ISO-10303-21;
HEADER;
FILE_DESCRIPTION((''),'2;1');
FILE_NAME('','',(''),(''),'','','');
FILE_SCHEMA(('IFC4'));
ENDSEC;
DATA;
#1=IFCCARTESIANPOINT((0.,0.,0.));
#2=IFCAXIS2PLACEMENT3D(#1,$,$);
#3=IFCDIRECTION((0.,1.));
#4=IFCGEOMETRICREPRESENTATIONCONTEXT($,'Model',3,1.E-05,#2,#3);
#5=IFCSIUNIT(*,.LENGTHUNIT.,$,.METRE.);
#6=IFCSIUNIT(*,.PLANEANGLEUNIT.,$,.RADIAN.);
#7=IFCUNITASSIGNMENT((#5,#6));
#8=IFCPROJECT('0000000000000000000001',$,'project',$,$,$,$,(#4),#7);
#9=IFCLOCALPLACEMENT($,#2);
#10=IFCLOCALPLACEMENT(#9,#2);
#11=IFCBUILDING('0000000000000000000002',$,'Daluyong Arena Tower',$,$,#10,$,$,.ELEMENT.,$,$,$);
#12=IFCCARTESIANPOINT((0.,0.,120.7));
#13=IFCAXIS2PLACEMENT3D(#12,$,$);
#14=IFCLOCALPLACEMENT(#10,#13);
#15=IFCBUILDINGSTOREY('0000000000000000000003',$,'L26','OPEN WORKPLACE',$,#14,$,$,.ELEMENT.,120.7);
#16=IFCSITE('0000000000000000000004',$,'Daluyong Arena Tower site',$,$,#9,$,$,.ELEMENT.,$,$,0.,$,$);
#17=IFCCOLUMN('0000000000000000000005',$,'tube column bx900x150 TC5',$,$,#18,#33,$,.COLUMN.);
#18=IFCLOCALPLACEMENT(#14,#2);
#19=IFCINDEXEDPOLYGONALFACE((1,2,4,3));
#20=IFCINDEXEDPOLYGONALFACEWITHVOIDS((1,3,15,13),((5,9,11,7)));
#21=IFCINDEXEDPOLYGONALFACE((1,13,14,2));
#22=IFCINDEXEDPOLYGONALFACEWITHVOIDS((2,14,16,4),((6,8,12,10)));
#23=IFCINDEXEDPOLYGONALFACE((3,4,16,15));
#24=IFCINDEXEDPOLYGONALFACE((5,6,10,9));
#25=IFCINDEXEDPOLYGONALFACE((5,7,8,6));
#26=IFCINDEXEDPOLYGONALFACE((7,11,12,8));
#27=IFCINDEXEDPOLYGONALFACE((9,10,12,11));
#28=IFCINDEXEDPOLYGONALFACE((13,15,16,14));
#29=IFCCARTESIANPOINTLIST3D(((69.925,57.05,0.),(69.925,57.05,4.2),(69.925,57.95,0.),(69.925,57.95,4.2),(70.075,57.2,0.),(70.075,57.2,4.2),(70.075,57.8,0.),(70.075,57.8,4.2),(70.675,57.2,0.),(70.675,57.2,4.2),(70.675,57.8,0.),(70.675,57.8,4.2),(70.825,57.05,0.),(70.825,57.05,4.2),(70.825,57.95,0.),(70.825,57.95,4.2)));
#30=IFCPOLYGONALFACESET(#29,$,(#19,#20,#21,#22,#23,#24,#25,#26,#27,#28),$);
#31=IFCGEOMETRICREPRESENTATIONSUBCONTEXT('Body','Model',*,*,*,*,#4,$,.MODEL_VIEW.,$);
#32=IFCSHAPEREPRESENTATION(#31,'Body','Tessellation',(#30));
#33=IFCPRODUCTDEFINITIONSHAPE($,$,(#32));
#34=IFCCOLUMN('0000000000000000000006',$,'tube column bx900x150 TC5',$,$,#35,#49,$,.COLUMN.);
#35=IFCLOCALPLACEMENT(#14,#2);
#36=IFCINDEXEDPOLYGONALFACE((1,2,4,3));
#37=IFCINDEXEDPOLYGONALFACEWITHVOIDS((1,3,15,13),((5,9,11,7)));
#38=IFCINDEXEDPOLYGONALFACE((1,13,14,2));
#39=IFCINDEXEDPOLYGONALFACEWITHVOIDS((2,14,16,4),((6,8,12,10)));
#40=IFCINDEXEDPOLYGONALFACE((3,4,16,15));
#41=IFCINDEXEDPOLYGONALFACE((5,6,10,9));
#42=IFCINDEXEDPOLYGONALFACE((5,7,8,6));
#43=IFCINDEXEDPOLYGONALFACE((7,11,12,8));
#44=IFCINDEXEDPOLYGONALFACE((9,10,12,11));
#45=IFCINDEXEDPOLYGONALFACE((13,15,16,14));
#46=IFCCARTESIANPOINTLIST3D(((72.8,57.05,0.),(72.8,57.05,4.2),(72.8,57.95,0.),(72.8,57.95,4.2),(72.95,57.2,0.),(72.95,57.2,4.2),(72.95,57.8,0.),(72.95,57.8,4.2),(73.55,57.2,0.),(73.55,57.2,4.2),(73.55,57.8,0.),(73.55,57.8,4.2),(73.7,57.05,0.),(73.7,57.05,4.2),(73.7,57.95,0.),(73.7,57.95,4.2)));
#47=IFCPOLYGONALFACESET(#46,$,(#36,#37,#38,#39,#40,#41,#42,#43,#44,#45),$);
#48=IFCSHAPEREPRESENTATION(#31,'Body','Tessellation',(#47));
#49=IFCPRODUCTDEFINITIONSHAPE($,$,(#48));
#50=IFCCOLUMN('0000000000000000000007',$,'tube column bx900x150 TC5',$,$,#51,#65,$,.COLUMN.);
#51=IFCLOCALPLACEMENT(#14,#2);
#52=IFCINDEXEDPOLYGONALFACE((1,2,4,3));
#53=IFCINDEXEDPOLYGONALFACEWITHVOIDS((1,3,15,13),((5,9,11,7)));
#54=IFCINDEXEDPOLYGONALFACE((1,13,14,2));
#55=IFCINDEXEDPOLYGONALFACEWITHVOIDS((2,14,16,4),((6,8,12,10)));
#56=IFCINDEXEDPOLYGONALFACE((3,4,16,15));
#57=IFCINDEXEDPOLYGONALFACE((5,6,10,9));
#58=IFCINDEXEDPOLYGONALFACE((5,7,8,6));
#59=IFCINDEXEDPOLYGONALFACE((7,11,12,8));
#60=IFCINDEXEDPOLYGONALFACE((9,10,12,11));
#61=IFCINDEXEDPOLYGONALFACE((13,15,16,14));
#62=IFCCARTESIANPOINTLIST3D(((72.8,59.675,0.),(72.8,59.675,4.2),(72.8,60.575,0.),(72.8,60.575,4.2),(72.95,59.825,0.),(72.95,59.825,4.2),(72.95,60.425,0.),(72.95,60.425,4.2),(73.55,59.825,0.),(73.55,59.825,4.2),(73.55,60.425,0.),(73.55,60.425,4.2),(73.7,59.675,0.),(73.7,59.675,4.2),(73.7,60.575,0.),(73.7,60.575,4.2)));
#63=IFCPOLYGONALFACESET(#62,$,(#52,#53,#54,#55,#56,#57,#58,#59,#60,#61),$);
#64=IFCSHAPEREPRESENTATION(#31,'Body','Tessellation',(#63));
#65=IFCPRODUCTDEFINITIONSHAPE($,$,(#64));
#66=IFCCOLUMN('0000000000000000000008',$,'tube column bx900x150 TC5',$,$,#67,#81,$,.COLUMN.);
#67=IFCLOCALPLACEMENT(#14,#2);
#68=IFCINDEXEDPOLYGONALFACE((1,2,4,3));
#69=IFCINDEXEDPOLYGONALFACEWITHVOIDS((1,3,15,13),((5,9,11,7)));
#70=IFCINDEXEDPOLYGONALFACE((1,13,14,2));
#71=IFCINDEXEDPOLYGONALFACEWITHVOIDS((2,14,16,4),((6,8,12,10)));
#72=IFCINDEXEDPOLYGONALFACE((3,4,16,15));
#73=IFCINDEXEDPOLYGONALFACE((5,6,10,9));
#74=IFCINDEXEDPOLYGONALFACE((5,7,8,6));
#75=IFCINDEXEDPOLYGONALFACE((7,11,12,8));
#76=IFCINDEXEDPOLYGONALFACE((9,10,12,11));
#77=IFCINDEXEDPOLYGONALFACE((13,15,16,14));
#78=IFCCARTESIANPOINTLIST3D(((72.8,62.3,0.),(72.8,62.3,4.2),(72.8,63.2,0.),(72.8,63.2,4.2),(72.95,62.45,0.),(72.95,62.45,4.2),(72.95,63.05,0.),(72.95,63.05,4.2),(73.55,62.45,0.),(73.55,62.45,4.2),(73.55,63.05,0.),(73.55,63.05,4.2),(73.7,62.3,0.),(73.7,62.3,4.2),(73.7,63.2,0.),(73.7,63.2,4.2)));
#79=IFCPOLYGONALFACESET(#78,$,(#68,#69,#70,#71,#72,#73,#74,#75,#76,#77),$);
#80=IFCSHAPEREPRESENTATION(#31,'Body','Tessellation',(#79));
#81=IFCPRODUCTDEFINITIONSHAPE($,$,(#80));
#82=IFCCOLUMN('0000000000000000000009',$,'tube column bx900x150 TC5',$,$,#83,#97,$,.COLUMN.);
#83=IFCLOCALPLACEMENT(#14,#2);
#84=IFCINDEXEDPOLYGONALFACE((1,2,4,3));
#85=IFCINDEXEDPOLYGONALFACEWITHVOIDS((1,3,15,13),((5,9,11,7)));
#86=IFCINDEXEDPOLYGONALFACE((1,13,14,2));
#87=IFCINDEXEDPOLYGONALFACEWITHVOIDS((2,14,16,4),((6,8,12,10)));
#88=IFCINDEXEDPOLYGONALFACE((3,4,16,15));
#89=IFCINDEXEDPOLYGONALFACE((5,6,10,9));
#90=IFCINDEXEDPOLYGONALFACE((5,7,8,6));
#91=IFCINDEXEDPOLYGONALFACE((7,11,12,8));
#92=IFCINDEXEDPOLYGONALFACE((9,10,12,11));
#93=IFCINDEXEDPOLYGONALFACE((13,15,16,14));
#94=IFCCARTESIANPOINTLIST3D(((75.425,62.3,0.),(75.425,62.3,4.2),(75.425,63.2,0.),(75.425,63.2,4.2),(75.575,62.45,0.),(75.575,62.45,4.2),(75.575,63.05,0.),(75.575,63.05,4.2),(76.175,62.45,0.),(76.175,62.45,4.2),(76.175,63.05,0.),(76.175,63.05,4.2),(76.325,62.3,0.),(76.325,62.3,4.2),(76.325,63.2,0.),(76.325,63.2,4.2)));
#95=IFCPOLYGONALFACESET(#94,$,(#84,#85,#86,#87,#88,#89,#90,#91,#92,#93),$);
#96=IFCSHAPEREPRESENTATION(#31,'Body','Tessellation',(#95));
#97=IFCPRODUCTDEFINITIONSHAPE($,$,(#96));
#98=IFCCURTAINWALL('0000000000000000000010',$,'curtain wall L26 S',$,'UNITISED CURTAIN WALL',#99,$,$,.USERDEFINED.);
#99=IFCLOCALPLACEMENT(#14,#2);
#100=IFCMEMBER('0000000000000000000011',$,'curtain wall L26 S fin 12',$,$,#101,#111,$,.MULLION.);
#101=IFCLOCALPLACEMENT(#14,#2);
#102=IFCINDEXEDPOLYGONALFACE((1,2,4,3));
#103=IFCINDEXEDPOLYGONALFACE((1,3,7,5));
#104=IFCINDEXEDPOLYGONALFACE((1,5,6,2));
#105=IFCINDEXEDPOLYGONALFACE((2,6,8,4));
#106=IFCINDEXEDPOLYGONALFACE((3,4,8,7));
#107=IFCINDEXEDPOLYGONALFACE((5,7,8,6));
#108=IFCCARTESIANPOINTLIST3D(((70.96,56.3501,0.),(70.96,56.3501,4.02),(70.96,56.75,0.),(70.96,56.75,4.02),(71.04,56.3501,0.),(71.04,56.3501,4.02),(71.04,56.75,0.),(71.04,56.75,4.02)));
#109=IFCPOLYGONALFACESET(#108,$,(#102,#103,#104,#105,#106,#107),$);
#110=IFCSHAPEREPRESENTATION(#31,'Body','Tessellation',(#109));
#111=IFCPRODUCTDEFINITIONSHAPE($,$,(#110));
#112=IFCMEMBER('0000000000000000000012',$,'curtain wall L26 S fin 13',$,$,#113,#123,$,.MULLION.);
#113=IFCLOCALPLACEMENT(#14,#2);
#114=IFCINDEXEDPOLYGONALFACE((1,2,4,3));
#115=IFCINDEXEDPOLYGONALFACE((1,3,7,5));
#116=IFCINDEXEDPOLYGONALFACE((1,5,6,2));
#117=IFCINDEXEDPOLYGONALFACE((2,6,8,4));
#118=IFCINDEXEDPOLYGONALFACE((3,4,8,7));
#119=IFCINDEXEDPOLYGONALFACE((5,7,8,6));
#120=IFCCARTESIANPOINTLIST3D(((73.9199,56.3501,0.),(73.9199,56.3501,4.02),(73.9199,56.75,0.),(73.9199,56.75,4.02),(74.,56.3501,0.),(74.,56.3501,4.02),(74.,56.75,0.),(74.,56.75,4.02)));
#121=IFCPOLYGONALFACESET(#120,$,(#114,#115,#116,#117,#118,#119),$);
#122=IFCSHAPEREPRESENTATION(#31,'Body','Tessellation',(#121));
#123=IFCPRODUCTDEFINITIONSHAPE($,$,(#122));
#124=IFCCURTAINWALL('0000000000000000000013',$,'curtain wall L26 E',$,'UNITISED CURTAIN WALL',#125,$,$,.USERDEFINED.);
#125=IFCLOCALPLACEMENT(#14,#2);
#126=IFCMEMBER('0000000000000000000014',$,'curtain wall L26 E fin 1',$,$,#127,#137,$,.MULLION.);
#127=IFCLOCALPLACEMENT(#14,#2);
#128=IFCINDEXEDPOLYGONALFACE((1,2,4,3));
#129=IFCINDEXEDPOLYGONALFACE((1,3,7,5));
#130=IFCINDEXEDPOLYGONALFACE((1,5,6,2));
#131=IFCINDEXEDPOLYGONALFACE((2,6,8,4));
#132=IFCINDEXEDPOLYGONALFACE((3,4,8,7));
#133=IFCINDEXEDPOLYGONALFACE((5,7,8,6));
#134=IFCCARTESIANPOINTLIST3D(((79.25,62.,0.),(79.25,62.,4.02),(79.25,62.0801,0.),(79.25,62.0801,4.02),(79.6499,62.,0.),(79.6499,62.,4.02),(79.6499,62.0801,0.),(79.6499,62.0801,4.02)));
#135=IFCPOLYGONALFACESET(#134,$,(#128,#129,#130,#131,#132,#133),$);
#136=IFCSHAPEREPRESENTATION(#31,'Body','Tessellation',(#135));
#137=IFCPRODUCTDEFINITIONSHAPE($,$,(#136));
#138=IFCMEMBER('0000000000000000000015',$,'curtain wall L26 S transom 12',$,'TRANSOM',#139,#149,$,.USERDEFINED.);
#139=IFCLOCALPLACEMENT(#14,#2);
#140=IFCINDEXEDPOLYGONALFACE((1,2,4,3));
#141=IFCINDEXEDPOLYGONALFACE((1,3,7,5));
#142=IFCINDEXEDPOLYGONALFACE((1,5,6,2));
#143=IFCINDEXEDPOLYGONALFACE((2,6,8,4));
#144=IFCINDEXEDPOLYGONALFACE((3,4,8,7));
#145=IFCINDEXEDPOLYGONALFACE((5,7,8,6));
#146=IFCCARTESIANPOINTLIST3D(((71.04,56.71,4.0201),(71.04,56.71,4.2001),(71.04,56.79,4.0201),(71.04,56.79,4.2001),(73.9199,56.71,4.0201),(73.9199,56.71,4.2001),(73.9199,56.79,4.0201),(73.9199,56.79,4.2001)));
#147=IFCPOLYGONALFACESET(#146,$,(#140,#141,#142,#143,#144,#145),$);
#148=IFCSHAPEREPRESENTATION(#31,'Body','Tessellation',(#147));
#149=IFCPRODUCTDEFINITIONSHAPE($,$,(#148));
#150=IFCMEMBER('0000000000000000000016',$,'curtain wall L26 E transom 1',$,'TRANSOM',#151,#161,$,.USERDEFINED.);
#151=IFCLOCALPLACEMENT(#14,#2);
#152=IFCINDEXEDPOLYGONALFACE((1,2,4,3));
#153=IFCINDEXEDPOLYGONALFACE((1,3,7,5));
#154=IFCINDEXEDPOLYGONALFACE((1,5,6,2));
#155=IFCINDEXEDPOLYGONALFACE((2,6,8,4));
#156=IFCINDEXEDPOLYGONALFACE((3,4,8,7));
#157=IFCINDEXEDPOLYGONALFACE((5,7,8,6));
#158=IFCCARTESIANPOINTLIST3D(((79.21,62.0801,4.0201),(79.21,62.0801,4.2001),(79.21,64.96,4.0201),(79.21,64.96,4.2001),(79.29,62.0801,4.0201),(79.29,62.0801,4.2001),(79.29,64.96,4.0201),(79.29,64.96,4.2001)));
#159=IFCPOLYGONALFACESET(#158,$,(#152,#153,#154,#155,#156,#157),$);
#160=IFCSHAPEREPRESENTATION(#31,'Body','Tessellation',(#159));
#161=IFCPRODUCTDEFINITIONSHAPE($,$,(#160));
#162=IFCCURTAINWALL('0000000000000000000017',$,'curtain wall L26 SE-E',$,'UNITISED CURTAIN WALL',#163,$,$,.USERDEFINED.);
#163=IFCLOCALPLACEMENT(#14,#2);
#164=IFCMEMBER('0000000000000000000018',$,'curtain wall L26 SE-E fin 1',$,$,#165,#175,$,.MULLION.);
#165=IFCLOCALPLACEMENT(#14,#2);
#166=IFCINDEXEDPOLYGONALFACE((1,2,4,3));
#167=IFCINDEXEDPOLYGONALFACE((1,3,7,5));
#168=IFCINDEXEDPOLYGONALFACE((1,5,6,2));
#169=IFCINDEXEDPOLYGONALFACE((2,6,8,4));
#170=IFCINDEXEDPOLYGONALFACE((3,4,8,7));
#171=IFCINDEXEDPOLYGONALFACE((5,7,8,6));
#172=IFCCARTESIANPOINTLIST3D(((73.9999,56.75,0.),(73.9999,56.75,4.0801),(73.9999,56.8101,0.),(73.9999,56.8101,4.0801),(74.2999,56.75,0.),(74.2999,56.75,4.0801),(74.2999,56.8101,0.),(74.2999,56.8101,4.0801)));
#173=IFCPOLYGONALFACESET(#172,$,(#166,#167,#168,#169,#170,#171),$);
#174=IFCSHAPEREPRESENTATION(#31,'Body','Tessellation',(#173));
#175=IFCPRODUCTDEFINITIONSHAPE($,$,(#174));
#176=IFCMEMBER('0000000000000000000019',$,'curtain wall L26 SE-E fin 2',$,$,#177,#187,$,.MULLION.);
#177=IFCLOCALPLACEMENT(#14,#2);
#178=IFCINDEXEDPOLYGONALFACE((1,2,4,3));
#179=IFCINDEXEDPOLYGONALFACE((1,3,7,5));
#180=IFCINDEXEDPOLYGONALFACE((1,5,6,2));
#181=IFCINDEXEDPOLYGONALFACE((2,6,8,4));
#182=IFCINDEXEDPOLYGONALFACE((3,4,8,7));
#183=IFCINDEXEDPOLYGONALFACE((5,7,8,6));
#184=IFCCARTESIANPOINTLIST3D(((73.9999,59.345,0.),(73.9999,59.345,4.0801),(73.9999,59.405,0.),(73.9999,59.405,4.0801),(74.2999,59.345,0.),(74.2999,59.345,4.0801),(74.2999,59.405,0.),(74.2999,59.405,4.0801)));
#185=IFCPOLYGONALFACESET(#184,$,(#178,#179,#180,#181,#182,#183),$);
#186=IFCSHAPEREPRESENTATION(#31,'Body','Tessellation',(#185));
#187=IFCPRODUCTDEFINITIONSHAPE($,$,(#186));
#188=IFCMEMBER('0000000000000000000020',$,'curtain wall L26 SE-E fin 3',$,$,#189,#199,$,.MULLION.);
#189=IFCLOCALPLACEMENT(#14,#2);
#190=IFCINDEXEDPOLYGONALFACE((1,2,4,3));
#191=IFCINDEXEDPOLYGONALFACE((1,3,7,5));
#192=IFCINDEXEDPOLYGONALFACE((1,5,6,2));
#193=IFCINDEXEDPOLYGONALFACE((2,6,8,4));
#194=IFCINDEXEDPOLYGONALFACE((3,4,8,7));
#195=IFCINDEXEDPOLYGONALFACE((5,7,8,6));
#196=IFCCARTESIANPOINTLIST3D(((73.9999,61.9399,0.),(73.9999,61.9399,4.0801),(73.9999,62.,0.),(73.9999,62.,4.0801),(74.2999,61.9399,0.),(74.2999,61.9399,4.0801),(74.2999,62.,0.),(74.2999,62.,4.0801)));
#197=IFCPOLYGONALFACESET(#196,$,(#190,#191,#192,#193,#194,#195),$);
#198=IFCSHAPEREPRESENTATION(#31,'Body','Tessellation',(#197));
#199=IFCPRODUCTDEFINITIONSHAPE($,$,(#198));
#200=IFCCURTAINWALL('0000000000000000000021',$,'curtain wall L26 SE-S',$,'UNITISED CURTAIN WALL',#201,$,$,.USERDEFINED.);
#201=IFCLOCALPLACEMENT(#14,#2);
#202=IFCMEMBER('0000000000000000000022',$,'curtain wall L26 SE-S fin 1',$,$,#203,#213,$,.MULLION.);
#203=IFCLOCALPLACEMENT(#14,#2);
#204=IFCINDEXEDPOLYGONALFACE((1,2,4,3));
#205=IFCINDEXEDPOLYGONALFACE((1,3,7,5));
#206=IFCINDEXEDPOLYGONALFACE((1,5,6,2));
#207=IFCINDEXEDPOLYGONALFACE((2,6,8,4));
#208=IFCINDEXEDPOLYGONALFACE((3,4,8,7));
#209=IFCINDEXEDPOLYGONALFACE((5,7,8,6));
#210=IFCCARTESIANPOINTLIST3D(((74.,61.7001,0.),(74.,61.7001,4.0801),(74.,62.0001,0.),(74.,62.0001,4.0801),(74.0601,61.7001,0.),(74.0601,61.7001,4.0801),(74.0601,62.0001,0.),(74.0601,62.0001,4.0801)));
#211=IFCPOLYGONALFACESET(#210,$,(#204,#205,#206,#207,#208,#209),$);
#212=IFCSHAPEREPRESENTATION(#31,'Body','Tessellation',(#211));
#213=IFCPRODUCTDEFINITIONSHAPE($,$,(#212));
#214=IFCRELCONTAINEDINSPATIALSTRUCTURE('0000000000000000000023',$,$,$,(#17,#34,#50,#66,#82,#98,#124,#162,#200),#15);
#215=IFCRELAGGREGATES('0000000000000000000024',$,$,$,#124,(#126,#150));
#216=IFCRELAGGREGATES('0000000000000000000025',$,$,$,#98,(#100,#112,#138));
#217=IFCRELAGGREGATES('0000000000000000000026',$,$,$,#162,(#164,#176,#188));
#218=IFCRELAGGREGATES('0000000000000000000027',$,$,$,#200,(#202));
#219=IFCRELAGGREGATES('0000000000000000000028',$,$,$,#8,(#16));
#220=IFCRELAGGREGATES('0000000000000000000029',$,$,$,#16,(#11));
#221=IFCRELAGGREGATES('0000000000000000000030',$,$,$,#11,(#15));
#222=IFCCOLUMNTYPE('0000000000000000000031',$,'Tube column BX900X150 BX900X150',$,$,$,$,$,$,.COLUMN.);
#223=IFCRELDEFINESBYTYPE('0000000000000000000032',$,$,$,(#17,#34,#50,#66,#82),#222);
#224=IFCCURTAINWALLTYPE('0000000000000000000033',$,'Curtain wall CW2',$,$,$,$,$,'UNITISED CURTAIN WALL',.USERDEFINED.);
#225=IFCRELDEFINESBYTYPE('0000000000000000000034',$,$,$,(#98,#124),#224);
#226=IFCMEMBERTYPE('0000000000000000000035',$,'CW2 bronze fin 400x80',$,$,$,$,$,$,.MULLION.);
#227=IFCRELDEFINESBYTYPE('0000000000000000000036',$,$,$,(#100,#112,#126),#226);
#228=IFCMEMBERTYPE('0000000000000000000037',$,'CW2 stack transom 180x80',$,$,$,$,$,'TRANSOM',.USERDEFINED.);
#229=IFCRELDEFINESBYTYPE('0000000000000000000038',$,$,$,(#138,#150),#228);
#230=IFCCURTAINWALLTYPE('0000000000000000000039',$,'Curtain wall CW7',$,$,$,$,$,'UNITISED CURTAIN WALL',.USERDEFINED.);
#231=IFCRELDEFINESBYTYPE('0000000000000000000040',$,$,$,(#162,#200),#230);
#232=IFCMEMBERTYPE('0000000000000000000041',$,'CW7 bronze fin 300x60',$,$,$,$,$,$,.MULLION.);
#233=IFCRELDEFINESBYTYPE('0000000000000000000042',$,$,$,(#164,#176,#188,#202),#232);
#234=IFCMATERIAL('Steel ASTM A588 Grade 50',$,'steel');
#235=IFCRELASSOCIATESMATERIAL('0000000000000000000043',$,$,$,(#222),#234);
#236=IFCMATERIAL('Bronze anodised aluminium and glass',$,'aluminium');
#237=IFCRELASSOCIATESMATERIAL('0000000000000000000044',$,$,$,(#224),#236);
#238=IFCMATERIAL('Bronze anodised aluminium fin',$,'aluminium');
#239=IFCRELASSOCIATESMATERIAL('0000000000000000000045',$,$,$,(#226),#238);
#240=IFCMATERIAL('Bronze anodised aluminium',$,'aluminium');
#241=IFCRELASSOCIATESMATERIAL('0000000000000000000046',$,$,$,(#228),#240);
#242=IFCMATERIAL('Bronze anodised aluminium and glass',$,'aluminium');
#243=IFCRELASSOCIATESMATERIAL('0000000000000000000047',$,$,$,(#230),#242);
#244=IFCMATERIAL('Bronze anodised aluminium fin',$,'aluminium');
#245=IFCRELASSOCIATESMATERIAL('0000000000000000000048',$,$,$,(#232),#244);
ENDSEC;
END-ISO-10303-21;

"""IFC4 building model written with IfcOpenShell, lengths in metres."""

from ifc_helpers import new_model, si_unit, direction, frame, origin, origin_2d, place, context, subcontext, project, spatial, rectangle, hollow_rectangle, extrude, material, material_profile, profile_set, type_object, element, aggregate, save


model = new_model("IFC4")

# Units and contexts
model_context = context("Model", 3, precision=1e-05, world=origin(), true_north=direction((0.0, 1.0)))
body_context = subcontext(model_context, "Body", "Model", "MODEL_VIEW")
ifc_project = project(units=[si_unit("LENGTHUNIT", "METRE"), si_unit("PLANEANGLEUNIT", "RADIAN")], contexts=[model_context])

# Site, building, storey
site_placement = place(None, origin())
site = spatial("IfcSite", under=ifc_project, at=site_placement, Name="Daluyong Arena Tower site", CompositionType="ELEMENT", RefElevation=0.0)
building_placement = place(site_placement, origin())
building = spatial("IfcBuilding", under=site, at=building_placement, Name="Daluyong Arena Tower", CompositionType="ELEMENT")
storey_placement = place(building_placement, frame((0.0, 0.0, 120.7)))
storey = spatial("IfcBuildingStorey", under=building, at=storey_placement, Name="L26", Description="OPEN WORKPLACE", CompositionType="ELEMENT", Elevation=120.7)

# Columns
ifc_material_1 = material(Name="Steel ASTM A588 Grade 50", Category="steel")
ifc_material_profile_1 = material_profile(ifc_material_1, hollow_rectangle(XDim=0.8999, YDim=0.8999, WallThickness=0.15, at=origin_2d()))
ifc_profile_set_1 = profile_set([ifc_material_profile_1], Name="Steel ASTM A588 Grade 50")
column_type = type_object("IfcColumnType", Name="Tube column BX900X150 BX900X150", PredefinedType="COLUMN", material=ifc_profile_set_1)
for number, where, z_axis, x_axis, name in (
    (1, (70.375, 57.5, 0.0), (0.0, 0.0, 1.0), (1.0, 0.0, 0.0), "tube column bx900x150 TC5"),
    (2, (73.25, 57.5, 0.0), (0.0, 0.0, 1.0), (0.0, 1.0, 0.0), "tube column bx900x150 TC5"),
    (3, (73.25, 60.125, 0.0), (0.0, 0.0, 1.0), (0.0, 1.0, 0.0), "tube column bx900x150 TC5"),
    (4, (73.25, 62.75, 0.0), (0.0, 0.0, 1.0), (1.0, 0.0, 0.0), "tube column bx900x150 TC5"),
    (5, (75.875, 62.75, 0.0), (0.0, 0.0, 1.0), (1.0, 0.0, 0.0), "tube column bx900x150 TC5"),
):
    element("IfcColumn", number, at=place(storey_placement, frame(where, z_axis=z_axis, x_axis=x_axis)), inside=storey, type_object=column_type, Name=name, PredefinedType="COLUMN", context=body_context, shape_type="SweptSolid", body=[
        extrude(hollow_rectangle(XDim=0.8999, YDim=0.8999, WallThickness=0.15, at=origin_2d()), origin(), (0.0, 0.0, 1.0), 4.2),
    ])

# Curtain wall, members
ifc_material_2 = material(Name="Bronze anodised aluminium and glass", Category="aluminium")
curtain_wall_type_1 = type_object("IfcCurtainWallType", Name="Curtain wall CW2", ElementType="UNITISED CURTAIN WALL", PredefinedType="USERDEFINED", material=ifc_material_2)
curtain_wall_1_placement = place(storey_placement, origin())
curtain_wall_1 = element("IfcCurtainWall", 6, at=curtain_wall_1_placement, inside=storey, type_object=curtain_wall_type_1, Name="curtain wall L26 S", ObjectType="UNITISED CURTAIN WALL", PredefinedType="USERDEFINED")
ifc_material_3 = material(Name="Bronze anodised aluminium fin", Category="aluminium")
ifc_material_profile_2 = material_profile(ifc_material_3, rectangle(XDim=0.3999, YDim=0.0801, at=origin_2d()))
ifc_profile_set_2 = profile_set([ifc_material_profile_2], Name="Bronze anodised aluminium fin")
member_type_1 = type_object("IfcMemberType", Name="CW2 bronze fin 400x80", PredefinedType="MULLION", material=ifc_profile_set_2)
member_1_placement = place(storey_placement, frame((71.0, 56.55, 0.0), z_axis=(0.0, 0.0, 1.0), x_axis=(0.0, 1.0, 0.0)))
member_1 = element("IfcMember", 7, at=member_1_placement, type_object=member_type_1, Name="curtain wall L26 S fin 12", PredefinedType="MULLION", context=body_context, shape_type="SweptSolid", body=[
    extrude(rectangle(XDim=0.3999, YDim=0.0801, at=origin_2d()), origin(), (0.0, 0.0, 1.0), 4.02),
])
member_2_placement = place(storey_placement, frame((73.96, 56.55, 0.0), z_axis=(0.0, 0.0, 1.0), x_axis=(0.0, 1.0, 0.0)))
member_2 = element("IfcMember", 8, at=member_2_placement, type_object=member_type_1, Name="curtain wall L26 S fin 13", PredefinedType="MULLION", context=body_context, shape_type="SweptSolid", body=[
    extrude(rectangle(XDim=0.3999, YDim=0.0801, at=origin_2d()), origin(), (0.0, 0.0, 1.0), 4.02),
])

# Curtain wall, member
curtain_wall_2_placement = place(storey_placement, origin())
curtain_wall_2 = element("IfcCurtainWall", 9, at=curtain_wall_2_placement, inside=storey, type_object=curtain_wall_type_1, Name="curtain wall L26 E", ObjectType="UNITISED CURTAIN WALL", PredefinedType="USERDEFINED")
member_3_placement = place(storey_placement, frame((79.45, 62.04, 0.0), z_axis=(0.0, 0.0, 1.0), x_axis=(-1.0, 0.0, 0.0)))
member_3 = element("IfcMember", 10, at=member_3_placement, type_object=member_type_1, Name="curtain wall L26 E fin 1", PredefinedType="MULLION", context=body_context, shape_type="SweptSolid", body=[
    extrude(rectangle(XDim=0.3999, YDim=0.0801, at=origin_2d()), origin(), (0.0, 0.0, 1.0), 4.02),
])

# Members
ifc_material_4 = material(Name="Bronze anodised aluminium", Category="aluminium")
ifc_material_profile_3 = material_profile(ifc_material_4, rectangle(XDim=0.0801, YDim=0.1799, at=origin_2d()))
ifc_profile_set_3 = profile_set([ifc_material_profile_3], Name="Bronze anodised aluminium")
member_type_2 = type_object("IfcMemberType", Name="CW2 stack transom 180x80", ElementType="TRANSOM", PredefinedType="USERDEFINED", material=ifc_profile_set_3)
member_4_placement = place(storey_placement, frame((71.04, 56.75, 4.1101), z_axis=(1.0, 0.0, 0.0), x_axis=(0.0, 1.0, 0.0)))
member_4 = element("IfcMember", 11, at=member_4_placement, type_object=member_type_2, Name="curtain wall L26 S transom 12", ObjectType="TRANSOM", PredefinedType="USERDEFINED", context=body_context, shape_type="SweptSolid", body=[
    extrude(rectangle(XDim=0.0801, YDim=0.1799, at=origin_2d()), origin(), (0.0, 0.0, 1.0), 2.8799),
])
member_5_placement = place(storey_placement, frame((79.25, 62.0801, 4.1101), z_axis=(0.0, 1.0, 0.0), x_axis=(-1.0, 0.0, 0.0)))
member_5 = element("IfcMember", 12, at=member_5_placement, type_object=member_type_2, Name="curtain wall L26 E transom 1", ObjectType="TRANSOM", PredefinedType="USERDEFINED", context=body_context, shape_type="SweptSolid", body=[
    extrude(rectangle(XDim=0.0801, YDim=0.1799, at=origin_2d()), origin(), (0.0, 0.0, 1.0), 2.8799),
])
aggregate(curtain_wall_2, [member_3, member_5])

# Curtain walls, members
ifc_material_5 = material(Name="Bronze anodised aluminium and glass", Category="aluminium")
curtain_wall_type_2 = type_object("IfcCurtainWallType", Name="Curtain wall CW7", ElementType="UNITISED CURTAIN WALL", PredefinedType="USERDEFINED", material=ifc_material_5)
curtain_wall_3_placement = place(storey_placement, origin())
curtain_wall_3 = element("IfcCurtainWall", 13, at=curtain_wall_3_placement, inside=storey, type_object=curtain_wall_type_2, Name="curtain wall L26 SE-E", ObjectType="UNITISED CURTAIN WALL", PredefinedType="USERDEFINED")
ifc_material_6 = material(Name="Bronze anodised aluminium fin", Category="aluminium")
ifc_material_profile_4 = material_profile(ifc_material_6, rectangle(XDim=0.3, YDim=0.0601, at=origin_2d()))
ifc_profile_set_4 = profile_set([ifc_material_profile_4], Name="Bronze anodised aluminium fin")
member_type_3 = type_object("IfcMemberType", Name="CW7 bronze fin 300x60", PredefinedType="MULLION", material=ifc_profile_set_4)
member_6_placement = place(storey_placement, frame((74.1499, 56.78, 0.0), z_axis=(0.0, 0.0, 1.0), x_axis=(-1.0, 0.0, 0.0)))
member_6 = element("IfcMember", 14, at=member_6_placement, type_object=member_type_3, Name="curtain wall L26 SE-E fin 1", PredefinedType="MULLION", context=body_context, shape_type="SweptSolid", body=[
    extrude(rectangle(XDim=0.3, YDim=0.0601, at=origin_2d()), origin(), (0.0, 0.0, 1.0), 4.0801),
])
member_7_placement = place(storey_placement, frame((74.1499, 59.375, 0.0), z_axis=(0.0, 0.0, 1.0), x_axis=(-1.0, 0.0, 0.0)))
member_7 = element("IfcMember", 15, at=member_7_placement, type_object=member_type_3, Name="curtain wall L26 SE-E fin 2", PredefinedType="MULLION", context=body_context, shape_type="SweptSolid", body=[
    extrude(rectangle(XDim=0.3, YDim=0.0601, at=origin_2d()), origin(), (0.0, 0.0, 1.0), 4.0801),
])
member_8_placement = place(storey_placement, frame((74.1499, 61.97, 0.0), z_axis=(0.0, 0.0, 1.0), x_axis=(-1.0, 0.0, 0.0)))
member_8 = element("IfcMember", 16, at=member_8_placement, type_object=member_type_3, Name="curtain wall L26 SE-E fin 3", PredefinedType="MULLION", context=body_context, shape_type="SweptSolid", body=[
    extrude(rectangle(XDim=0.3, YDim=0.0601, at=origin_2d()), origin(), (0.0, 0.0, 1.0), 4.0801),
])
curtain_wall_4_placement = place(storey_placement, origin())
curtain_wall_4 = element("IfcCurtainWall", 17, at=curtain_wall_4_placement, inside=storey, type_object=curtain_wall_type_2, Name="curtain wall L26 SE-S", ObjectType="UNITISED CURTAIN WALL", PredefinedType="USERDEFINED")
member_9_placement = place(storey_placement, frame((74.03, 61.8501, 0.0), z_axis=(0.0, 0.0, 1.0), x_axis=(0.0, 1.0, 0.0)))
member_9 = element("IfcMember", 18, at=member_9_placement, type_object=member_type_3, Name="curtain wall L26 SE-S fin 1", PredefinedType="MULLION", context=body_context, shape_type="SweptSolid", body=[
    extrude(rectangle(XDim=0.3, YDim=0.0601, at=origin_2d()), origin(), (0.0, 0.0, 1.0), 4.0801),
])

aggregate(curtain_wall_1, [member_1, member_2, member_4])
aggregate(curtain_wall_3, [member_6, member_7, member_8])
aggregate(curtain_wall_4, [member_9])

save(model, "model.ifc")
